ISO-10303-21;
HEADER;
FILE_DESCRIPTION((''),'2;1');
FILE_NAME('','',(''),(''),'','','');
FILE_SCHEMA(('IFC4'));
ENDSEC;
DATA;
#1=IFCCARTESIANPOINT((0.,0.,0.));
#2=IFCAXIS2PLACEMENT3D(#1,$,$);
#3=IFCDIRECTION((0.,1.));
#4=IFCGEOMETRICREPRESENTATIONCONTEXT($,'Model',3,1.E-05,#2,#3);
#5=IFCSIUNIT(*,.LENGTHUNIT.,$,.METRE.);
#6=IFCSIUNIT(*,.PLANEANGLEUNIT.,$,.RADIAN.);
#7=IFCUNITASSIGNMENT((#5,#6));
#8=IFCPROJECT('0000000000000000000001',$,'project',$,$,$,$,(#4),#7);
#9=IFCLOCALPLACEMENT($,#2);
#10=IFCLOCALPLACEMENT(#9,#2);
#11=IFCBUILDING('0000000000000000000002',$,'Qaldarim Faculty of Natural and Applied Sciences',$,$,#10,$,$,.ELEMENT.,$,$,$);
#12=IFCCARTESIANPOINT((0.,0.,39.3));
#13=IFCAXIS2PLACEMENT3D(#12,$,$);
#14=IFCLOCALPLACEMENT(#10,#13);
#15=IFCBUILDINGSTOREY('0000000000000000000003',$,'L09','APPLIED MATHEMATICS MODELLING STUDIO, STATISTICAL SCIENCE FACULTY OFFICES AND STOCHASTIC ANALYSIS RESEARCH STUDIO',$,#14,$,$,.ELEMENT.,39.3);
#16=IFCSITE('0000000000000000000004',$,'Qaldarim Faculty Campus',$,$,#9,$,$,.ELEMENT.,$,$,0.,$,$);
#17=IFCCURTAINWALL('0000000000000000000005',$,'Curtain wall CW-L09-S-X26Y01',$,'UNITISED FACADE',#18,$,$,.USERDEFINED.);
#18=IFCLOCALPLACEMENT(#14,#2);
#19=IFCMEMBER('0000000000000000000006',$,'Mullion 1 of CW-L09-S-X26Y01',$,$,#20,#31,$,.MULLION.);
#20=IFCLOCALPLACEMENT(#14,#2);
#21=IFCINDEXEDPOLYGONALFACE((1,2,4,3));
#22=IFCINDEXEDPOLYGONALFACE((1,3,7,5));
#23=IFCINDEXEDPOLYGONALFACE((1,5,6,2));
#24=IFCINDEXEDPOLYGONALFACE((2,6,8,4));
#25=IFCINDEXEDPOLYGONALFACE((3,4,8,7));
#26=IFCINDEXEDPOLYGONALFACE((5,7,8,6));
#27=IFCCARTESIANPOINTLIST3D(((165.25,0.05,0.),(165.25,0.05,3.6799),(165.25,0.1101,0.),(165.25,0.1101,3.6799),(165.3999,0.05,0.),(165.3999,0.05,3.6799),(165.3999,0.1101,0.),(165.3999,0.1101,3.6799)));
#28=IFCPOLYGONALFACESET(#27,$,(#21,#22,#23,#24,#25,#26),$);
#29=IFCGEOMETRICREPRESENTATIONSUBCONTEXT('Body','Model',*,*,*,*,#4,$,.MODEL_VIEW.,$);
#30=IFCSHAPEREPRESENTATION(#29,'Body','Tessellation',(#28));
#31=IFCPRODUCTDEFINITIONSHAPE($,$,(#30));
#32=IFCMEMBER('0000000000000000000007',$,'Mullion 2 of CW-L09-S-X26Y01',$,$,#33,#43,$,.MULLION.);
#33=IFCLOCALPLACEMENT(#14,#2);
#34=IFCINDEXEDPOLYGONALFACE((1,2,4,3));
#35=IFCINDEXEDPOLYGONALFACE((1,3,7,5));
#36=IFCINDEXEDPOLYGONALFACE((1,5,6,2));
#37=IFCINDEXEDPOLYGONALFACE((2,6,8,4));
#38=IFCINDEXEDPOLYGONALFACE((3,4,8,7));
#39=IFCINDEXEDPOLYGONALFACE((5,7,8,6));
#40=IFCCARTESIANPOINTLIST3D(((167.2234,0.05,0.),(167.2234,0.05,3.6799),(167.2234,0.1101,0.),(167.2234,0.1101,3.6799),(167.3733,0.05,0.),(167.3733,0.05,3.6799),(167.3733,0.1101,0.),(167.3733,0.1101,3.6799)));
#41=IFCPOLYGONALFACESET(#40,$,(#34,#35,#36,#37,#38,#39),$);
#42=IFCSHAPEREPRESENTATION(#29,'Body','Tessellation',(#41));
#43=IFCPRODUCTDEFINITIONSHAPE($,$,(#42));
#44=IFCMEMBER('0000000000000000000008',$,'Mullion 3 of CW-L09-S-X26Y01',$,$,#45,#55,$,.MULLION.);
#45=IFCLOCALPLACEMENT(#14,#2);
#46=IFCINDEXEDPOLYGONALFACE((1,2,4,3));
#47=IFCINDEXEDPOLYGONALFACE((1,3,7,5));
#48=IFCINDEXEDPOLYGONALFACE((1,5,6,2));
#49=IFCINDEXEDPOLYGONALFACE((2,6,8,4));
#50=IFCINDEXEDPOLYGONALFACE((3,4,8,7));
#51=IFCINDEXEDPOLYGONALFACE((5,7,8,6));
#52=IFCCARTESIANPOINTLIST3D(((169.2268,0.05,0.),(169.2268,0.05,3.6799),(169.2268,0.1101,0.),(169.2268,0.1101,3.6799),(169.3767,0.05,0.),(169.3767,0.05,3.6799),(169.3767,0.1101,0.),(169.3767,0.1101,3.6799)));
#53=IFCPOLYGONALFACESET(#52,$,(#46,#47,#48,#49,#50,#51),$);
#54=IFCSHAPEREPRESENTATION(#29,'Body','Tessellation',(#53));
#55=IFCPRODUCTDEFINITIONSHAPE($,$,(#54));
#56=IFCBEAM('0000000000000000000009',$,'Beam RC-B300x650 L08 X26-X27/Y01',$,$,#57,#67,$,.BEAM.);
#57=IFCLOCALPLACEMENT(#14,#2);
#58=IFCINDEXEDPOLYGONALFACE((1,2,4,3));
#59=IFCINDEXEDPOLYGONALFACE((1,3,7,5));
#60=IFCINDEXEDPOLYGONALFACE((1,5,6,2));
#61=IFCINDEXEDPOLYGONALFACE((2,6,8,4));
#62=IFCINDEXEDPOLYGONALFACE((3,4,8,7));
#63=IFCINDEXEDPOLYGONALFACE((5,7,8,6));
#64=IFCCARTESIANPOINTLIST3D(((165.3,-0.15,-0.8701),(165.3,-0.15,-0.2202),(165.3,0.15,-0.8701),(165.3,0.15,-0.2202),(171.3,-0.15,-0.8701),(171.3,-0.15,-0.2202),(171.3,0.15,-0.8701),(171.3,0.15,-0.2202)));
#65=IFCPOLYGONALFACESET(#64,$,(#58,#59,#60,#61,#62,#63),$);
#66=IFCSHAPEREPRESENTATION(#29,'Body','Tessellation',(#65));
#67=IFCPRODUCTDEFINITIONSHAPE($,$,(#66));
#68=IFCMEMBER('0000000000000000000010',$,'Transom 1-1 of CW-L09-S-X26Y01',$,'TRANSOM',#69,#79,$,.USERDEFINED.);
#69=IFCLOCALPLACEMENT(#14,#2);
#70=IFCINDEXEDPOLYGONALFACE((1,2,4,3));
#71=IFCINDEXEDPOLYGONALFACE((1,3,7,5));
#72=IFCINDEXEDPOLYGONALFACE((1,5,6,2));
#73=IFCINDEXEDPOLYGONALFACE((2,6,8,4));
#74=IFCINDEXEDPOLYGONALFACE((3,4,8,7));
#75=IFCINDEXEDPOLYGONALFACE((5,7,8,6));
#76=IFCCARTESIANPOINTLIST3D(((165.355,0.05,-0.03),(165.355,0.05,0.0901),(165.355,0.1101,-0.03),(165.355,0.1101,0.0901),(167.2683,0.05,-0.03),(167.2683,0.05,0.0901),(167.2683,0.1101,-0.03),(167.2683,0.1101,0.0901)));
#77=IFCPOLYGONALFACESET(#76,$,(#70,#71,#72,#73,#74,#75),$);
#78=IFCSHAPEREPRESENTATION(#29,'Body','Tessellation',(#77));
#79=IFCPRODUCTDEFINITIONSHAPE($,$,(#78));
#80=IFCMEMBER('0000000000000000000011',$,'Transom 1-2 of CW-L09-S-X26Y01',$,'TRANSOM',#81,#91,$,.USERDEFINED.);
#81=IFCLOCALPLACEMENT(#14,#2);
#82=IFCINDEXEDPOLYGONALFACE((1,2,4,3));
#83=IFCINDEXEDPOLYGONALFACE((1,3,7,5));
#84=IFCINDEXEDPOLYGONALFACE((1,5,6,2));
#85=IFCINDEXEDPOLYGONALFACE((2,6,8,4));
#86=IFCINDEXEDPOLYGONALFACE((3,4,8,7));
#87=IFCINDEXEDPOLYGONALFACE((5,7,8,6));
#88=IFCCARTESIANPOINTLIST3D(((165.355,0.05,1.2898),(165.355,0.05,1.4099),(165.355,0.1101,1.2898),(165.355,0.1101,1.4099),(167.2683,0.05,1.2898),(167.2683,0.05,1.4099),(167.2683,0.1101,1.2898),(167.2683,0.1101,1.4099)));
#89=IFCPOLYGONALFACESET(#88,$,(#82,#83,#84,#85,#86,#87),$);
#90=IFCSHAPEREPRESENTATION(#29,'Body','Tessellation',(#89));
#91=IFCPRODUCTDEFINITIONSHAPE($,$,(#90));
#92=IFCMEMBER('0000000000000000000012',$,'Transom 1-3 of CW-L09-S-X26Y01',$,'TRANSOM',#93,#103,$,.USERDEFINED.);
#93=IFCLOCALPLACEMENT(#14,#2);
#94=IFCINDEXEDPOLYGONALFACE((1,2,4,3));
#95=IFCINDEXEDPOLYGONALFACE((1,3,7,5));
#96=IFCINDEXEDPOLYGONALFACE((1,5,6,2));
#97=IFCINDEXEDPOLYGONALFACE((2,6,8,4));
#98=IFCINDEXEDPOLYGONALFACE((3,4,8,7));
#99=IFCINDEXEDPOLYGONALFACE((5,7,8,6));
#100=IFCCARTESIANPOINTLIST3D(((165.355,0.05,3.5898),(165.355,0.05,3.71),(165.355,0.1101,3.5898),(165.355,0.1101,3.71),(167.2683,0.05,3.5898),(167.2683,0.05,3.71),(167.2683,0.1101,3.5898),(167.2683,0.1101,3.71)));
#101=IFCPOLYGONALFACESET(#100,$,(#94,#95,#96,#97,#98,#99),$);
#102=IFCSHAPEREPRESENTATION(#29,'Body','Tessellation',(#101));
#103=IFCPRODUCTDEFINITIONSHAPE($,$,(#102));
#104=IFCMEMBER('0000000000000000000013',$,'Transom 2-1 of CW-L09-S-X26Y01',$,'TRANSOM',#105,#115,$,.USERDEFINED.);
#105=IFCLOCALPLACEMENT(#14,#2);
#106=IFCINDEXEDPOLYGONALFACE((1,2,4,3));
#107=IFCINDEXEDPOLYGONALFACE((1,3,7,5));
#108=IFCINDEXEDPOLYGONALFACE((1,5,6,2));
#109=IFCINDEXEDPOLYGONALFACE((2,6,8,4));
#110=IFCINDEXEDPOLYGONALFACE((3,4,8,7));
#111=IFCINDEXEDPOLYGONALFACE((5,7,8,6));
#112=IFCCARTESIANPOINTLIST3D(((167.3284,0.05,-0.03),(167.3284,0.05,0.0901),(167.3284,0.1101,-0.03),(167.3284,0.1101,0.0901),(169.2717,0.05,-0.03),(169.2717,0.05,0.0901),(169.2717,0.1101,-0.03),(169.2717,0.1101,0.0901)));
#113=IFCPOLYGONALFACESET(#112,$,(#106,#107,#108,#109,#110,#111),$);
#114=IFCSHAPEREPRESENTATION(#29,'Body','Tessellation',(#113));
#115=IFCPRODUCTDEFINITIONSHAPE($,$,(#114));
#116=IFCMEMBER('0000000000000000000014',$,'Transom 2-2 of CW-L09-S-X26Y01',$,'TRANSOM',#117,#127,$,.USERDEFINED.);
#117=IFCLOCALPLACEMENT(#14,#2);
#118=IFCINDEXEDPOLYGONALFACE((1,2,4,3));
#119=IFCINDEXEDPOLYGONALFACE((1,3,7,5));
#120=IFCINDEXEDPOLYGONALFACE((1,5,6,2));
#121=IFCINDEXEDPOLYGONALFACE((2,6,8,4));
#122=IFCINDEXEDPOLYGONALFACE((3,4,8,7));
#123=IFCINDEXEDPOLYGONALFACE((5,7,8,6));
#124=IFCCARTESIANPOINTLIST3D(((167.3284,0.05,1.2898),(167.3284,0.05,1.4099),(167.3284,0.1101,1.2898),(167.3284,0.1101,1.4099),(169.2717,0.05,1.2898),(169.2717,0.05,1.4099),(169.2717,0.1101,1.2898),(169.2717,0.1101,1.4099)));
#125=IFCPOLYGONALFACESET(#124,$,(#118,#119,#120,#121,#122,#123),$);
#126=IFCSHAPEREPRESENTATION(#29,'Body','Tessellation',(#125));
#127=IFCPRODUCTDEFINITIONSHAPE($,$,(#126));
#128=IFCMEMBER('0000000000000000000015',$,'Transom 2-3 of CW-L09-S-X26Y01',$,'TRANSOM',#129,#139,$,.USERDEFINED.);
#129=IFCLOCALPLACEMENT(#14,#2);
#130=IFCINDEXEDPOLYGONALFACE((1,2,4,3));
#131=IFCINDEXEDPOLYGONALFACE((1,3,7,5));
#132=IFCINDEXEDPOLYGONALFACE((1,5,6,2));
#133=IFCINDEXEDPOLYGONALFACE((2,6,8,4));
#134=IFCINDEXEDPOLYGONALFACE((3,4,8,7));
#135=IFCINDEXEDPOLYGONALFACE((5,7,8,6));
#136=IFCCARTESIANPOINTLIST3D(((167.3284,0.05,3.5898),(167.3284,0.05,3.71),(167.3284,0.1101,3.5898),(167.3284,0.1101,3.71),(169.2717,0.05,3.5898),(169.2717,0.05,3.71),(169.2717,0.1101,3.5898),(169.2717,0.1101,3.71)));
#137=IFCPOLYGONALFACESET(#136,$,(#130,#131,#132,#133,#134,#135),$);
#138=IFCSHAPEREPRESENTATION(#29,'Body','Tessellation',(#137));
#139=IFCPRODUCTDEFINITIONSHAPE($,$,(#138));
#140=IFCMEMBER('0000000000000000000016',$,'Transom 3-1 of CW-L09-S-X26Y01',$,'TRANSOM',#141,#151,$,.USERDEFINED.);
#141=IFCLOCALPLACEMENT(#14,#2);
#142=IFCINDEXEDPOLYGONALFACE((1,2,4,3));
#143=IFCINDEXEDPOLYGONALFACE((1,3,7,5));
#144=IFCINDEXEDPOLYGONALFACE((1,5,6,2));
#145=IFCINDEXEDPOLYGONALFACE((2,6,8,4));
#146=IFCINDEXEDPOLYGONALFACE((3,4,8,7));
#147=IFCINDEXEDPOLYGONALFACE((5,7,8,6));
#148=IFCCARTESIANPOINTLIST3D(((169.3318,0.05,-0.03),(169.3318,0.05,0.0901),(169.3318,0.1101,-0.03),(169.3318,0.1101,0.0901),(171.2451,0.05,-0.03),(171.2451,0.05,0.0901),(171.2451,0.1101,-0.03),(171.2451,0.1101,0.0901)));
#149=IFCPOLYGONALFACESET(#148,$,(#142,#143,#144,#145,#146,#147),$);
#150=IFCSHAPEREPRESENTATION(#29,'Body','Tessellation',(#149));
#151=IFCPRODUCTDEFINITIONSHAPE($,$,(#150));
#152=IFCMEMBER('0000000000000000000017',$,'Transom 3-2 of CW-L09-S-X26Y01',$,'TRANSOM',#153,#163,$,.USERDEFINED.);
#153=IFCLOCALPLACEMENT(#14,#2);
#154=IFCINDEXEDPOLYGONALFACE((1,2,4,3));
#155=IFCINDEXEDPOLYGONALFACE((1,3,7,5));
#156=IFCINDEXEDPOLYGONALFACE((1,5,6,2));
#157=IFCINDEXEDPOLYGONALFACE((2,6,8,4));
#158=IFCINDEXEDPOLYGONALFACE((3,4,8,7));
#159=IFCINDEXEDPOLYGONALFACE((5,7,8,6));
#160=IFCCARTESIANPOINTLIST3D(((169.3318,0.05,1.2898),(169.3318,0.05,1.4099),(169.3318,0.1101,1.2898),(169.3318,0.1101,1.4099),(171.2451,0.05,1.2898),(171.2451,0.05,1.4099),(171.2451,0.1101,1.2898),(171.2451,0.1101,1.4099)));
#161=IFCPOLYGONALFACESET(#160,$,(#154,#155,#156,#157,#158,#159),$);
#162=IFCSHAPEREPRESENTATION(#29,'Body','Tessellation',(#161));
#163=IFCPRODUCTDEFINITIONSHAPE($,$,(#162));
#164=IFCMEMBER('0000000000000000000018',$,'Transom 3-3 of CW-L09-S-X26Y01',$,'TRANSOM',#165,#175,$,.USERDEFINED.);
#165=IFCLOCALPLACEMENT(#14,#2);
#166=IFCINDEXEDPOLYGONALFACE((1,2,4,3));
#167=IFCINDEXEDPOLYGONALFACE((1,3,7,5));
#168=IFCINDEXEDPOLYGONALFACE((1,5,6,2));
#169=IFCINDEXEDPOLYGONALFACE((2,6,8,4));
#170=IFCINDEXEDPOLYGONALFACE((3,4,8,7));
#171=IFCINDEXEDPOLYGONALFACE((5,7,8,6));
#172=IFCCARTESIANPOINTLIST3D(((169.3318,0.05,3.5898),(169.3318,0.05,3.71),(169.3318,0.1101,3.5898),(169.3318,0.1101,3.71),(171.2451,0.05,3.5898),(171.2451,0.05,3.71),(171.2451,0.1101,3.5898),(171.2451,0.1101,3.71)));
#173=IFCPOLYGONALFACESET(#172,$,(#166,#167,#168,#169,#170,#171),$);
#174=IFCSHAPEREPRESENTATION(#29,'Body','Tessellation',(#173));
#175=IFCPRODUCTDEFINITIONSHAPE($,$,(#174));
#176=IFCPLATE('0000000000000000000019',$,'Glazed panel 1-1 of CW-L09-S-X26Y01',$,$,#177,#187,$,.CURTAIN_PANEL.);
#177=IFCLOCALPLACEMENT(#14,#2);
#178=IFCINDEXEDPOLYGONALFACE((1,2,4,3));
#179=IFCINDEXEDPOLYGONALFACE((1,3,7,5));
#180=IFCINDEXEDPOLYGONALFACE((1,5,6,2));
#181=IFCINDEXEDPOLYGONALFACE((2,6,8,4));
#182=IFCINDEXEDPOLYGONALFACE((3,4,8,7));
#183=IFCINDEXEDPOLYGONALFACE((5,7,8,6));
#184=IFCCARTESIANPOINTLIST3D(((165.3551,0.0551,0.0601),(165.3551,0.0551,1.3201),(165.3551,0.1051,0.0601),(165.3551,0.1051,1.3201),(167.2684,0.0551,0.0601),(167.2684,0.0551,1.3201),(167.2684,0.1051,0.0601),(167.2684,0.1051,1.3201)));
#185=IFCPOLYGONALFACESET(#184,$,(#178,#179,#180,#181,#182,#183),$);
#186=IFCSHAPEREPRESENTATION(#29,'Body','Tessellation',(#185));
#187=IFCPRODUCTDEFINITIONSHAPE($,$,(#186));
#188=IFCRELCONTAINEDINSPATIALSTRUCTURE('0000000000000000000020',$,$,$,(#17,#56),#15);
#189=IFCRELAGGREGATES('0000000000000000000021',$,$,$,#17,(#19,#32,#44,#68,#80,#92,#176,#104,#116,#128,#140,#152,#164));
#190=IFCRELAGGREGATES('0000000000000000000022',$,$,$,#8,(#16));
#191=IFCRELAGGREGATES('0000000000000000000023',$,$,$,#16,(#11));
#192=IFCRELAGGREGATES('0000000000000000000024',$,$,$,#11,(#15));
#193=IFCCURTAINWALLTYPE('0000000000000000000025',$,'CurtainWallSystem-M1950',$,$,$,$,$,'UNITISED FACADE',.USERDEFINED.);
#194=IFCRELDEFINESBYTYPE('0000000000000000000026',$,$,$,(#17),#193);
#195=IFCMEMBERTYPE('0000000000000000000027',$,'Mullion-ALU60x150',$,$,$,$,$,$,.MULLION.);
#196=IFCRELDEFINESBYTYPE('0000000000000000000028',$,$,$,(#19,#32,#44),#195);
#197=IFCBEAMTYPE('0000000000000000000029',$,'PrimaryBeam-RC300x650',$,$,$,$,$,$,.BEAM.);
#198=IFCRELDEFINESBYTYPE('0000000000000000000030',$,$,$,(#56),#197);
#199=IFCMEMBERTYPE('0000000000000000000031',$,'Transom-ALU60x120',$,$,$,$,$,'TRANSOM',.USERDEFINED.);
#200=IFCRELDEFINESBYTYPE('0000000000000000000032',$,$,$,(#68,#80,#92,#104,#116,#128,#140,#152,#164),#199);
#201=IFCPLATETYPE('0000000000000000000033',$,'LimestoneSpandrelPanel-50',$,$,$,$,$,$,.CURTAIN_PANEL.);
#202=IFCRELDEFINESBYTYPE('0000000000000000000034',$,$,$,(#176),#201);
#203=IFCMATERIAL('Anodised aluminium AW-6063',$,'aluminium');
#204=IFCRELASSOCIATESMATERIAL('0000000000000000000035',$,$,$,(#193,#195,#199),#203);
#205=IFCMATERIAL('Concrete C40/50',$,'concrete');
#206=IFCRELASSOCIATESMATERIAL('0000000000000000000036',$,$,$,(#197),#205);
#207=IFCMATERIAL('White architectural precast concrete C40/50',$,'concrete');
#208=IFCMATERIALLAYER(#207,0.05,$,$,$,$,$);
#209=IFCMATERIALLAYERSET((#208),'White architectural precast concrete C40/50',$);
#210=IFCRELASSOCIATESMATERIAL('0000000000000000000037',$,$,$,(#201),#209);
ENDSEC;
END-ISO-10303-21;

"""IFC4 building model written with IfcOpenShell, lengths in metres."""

from ifc_helpers import new_model, si_unit, direction, frame, origin, origin_2d, place, context, subcontext, project, spatial, rectangle, extrude, material, layer, layer_set, material_profile, profile_set, type_object, element, aggregate, save


model = new_model("IFC4")

# Units and contexts
model_context = context("Model", 3, precision=1e-05, world=origin(), true_north=direction((0.0, 1.0)))
body_context = subcontext(model_context, "Body", "Model", "MODEL_VIEW")
ifc_project = project(units=[si_unit("LENGTHUNIT", "METRE"), si_unit("PLANEANGLEUNIT", "RADIAN")], contexts=[model_context])

# Site, building, storey
site_placement = place(None, origin())
site = spatial("IfcSite", under=ifc_project, at=site_placement, Name="Qaldarim Faculty Campus", CompositionType="ELEMENT", RefElevation=0.0)
building_placement = place(site_placement, origin())
building = spatial("IfcBuilding", under=site, at=building_placement, Name="Qaldarim Faculty of Natural and Applied Sciences", CompositionType="ELEMENT")
storey_placement = place(building_placement, frame((0.0, 0.0, 39.3)))
storey = spatial("IfcBuildingStorey", under=building, at=storey_placement, Name="L09", Description="APPLIED MATHEMATICS MODELLING STUDIO, STATISTICAL SCIENCE FACULTY OFFICES AND STOCHASTIC ANALYSIS RESEARCH STUDIO", CompositionType="ELEMENT", Elevation=39.3)

# Curtain wall, members
ifc_material_1 = material(Name="Anodised aluminium AW-6063", Category="aluminium")
curtain_wall_type = type_object("IfcCurtainWallType", Name="CurtainWallSystem-M1950", ElementType="UNITISED FACADE", PredefinedType="USERDEFINED", material=ifc_material_1)
curtain_wall_placement = place(storey_placement, origin())
curtain_wall = element("IfcCurtainWall", 1, at=curtain_wall_placement, inside=storey, type_object=curtain_wall_type, Name="Curtain wall CW-L09-S-X26Y01", ObjectType="UNITISED FACADE", PredefinedType="USERDEFINED")
ifc_material_profile_1 = material_profile(ifc_material_1, rectangle(XDim=0.0601, YDim=0.1499, at=origin_2d()), Name="ALU-M60x150")
ifc_profile_set_1 = profile_set([ifc_material_profile_1], Name="Anodised aluminium AW-6063")
member_type_1 = type_object("IfcMemberType", Name="Mullion-ALU60x150", PredefinedType="MULLION", material=ifc_profile_set_1)
member_1_placement = place(storey_placement, frame((165.325, 0.0801, 0.0), z_axis=(0.0, 0.0, 1.0), x_axis=(0.0, 1.0, 0.0)))
member_1 = element("IfcMember", 2, at=member_1_placement, type_object=member_type_1, Name="Mullion 1 of CW-L09-S-X26Y01", PredefinedType="MULLION", context=body_context, shape_type="SweptSolid", body=[
    extrude(rectangle(XDim=0.0601, YDim=0.1499, at=origin_2d()), origin(), (0.0, 0.0, 1.0), 3.6799),
])
member_2_placement = place(storey_placement, frame((167.2983, 0.0801, 0.0), z_axis=(0.0, 0.0, 1.0), x_axis=(0.0, 1.0, 0.0)))
member_2 = element("IfcMember", 3, at=member_2_placement, type_object=member_type_1, Name="Mullion 2 of CW-L09-S-X26Y01", PredefinedType="MULLION", context=body_context, shape_type="SweptSolid", body=[
    extrude(rectangle(XDim=0.0601, YDim=0.1499, at=origin_2d()), origin(), (0.0, 0.0, 1.0), 3.6799),
])
member_3_placement = place(storey_placement, frame((169.3018, 0.0801, 0.0), z_axis=(0.0, 0.0, 1.0), x_axis=(0.0, 1.0, 0.0)))
member_3 = element("IfcMember", 4, at=member_3_placement, type_object=member_type_1, Name="Mullion 3 of CW-L09-S-X26Y01", PredefinedType="MULLION", context=body_context, shape_type="SweptSolid", body=[
    extrude(rectangle(XDim=0.0601, YDim=0.1499, at=origin_2d()), origin(), (0.0, 0.0, 1.0), 3.6799),
])

# Beam
ifc_material_2 = material(Name="Concrete C40/50", Category="concrete")
ifc_material_profile_2 = material_profile(ifc_material_2, rectangle(XDim=0.3, YDim=0.6499, at=origin_2d()), Name="RC-B300x650")
ifc_profile_set_2 = profile_set([ifc_material_profile_2], Name="Concrete C40/50")
beam_type = type_object("IfcBeamType", Name="PrimaryBeam-RC300x650", PredefinedType="BEAM", material=ifc_profile_set_2)
beam_placement = place(storey_placement, frame((165.3, 0.0, -0.5452), z_axis=(1.0, 0.0, 0.0), x_axis=(0.0, 1.0, 0.0)))
element("IfcBeam", 5, at=beam_placement, inside=storey, type_object=beam_type, Name="Beam RC-B300x650 L08 X26-X27/Y01", PredefinedType="BEAM", context=body_context, shape_type="SweptSolid", body=[
    extrude(rectangle(XDim=0.3, YDim=0.6499, at=origin_2d()), origin(), (0.0, 0.0, 1.0), 6.0),
])

# Members
ifc_material_profile_3 = material_profile(ifc_material_1, rectangle(XDim=0.0601, YDim=0.1201, at=origin_2d()), Name="ALU-T60x120")
ifc_profile_set_3 = profile_set([ifc_material_profile_3], Name="Anodised aluminium AW-6063")
member_type_2 = type_object("IfcMemberType", Name="Transom-ALU60x120", ElementType="TRANSOM", PredefinedType="USERDEFINED", material=ifc_profile_set_3)
member_4_placement = place(storey_placement, frame((165.355, 0.0801, 0.03), z_axis=(1.0, 0.0, 0.0), x_axis=(0.0, 1.0, 0.0)))
member_4 = element("IfcMember", 6, at=member_4_placement, type_object=member_type_2, Name="Transom 1-1 of CW-L09-S-X26Y01", ObjectType="TRANSOM", PredefinedType="USERDEFINED", context=body_context, shape_type="SweptSolid", body=[
    extrude(rectangle(XDim=0.0601, YDim=0.1201, at=origin_2d()), origin(), (0.0, 0.0, 1.0), 1.9133),
])
member_5_placement = place(storey_placement, frame((165.355, 0.0801, 1.3499), z_axis=(1.0, 0.0, 0.0), x_axis=(0.0, 1.0, 0.0)))
member_5 = element("IfcMember", 7, at=member_5_placement, type_object=member_type_2, Name="Transom 1-2 of CW-L09-S-X26Y01", ObjectType="TRANSOM", PredefinedType="USERDEFINED", context=body_context, shape_type="SweptSolid", body=[
    extrude(rectangle(XDim=0.0601, YDim=0.1201, at=origin_2d()), origin(), (0.0, 0.0, 1.0), 1.9133),
])
member_6_placement = place(storey_placement, frame((165.355, 0.0801, 3.6499), z_axis=(1.0, 0.0, 0.0), x_axis=(0.0, 1.0, 0.0)))
member_6 = element("IfcMember", 8, at=member_6_placement, type_object=member_type_2, Name="Transom 1-3 of CW-L09-S-X26Y01", ObjectType="TRANSOM", PredefinedType="USERDEFINED", context=body_context, shape_type="SweptSolid", body=[
    extrude(rectangle(XDim=0.0601, YDim=0.1201, at=origin_2d()), origin(), (0.0, 0.0, 1.0), 1.9133),
])
member_7_placement = place(storey_placement, frame((167.3284, 0.0801, 0.03), z_axis=(1.0, 0.0, 0.0), x_axis=(0.0, 1.0, 0.0)))
member_7 = element("IfcMember", 9, at=member_7_placement, type_object=member_type_2, Name="Transom 2-1 of CW-L09-S-X26Y01", ObjectType="TRANSOM", PredefinedType="USERDEFINED", context=body_context, shape_type="SweptSolid", body=[
    extrude(rectangle(XDim=0.0601, YDim=0.1201, at=origin_2d()), origin(), (0.0, 0.0, 1.0), 1.9434),
])
member_8_placement = place(storey_placement, frame((167.3284, 0.0801, 1.3499), z_axis=(1.0, 0.0, 0.0), x_axis=(0.0, 1.0, 0.0)))
member_8 = element("IfcMember", 10, at=member_8_placement, type_object=member_type_2, Name="Transom 2-2 of CW-L09-S-X26Y01", ObjectType="TRANSOM", PredefinedType="USERDEFINED", context=body_context, shape_type="SweptSolid", body=[
    extrude(rectangle(XDim=0.0601, YDim=0.1201, at=origin_2d()), origin(), (0.0, 0.0, 1.0), 1.9434),
])
member_9_placement = place(storey_placement, frame((167.3284, 0.0801, 3.6499), z_axis=(1.0, 0.0, 0.0), x_axis=(0.0, 1.0, 0.0)))
member_9 = element("IfcMember", 11, at=member_9_placement, type_object=member_type_2, Name="Transom 2-3 of CW-L09-S-X26Y01", ObjectType="TRANSOM", PredefinedType="USERDEFINED", context=body_context, shape_type="SweptSolid", body=[
    extrude(rectangle(XDim=0.0601, YDim=0.1201, at=origin_2d()), origin(), (0.0, 0.0, 1.0), 1.9434),
])
member_10_placement = place(storey_placement, frame((169.3318, 0.0801, 0.03), z_axis=(1.0, 0.0, 0.0), x_axis=(0.0, 1.0, 0.0)))
member_10 = element("IfcMember", 12, at=member_10_placement, type_object=member_type_2, Name="Transom 3-1 of CW-L09-S-X26Y01", ObjectType="TRANSOM", PredefinedType="USERDEFINED", context=body_context, shape_type="SweptSolid", body=[
    extrude(rectangle(XDim=0.0601, YDim=0.1201, at=origin_2d()), origin(), (0.0, 0.0, 1.0), 1.9133),
])
member_11_placement = place(storey_placement, frame((169.3318, 0.0801, 1.3499), z_axis=(1.0, 0.0, 0.0), x_axis=(0.0, 1.0, 0.0)))
member_11 = element("IfcMember", 13, at=member_11_placement, type_object=member_type_2, Name="Transom 3-2 of CW-L09-S-X26Y01", ObjectType="TRANSOM", PredefinedType="USERDEFINED", context=body_context, shape_type="SweptSolid", body=[
    extrude(rectangle(XDim=0.0601, YDim=0.1201, at=origin_2d()), origin(), (0.0, 0.0, 1.0), 1.9133),
])
member_12_placement = place(storey_placement, frame((169.3318, 0.0801, 3.6499), z_axis=(1.0, 0.0, 0.0), x_axis=(0.0, 1.0, 0.0)))
member_12 = element("IfcMember", 14, at=member_12_placement, type_object=member_type_2, Name="Transom 3-3 of CW-L09-S-X26Y01", ObjectType="TRANSOM", PredefinedType="USERDEFINED", context=body_context, shape_type="SweptSolid", body=[
    extrude(rectangle(XDim=0.0601, YDim=0.1201, at=origin_2d()), origin(), (0.0, 0.0, 1.0), 1.9133),
])

# Plate
ifc_material_3 = material(Name="White architectural precast concrete C40/50", Category="concrete")
ifc_layer = layer(ifc_material_3, 0.05)
ifc_layer_set = layer_set([ifc_layer], Name="White architectural precast concrete C40/50")
plate_type = type_object("IfcPlateType", Name="LimestoneSpandrelPanel-50", PredefinedType="CURTAIN_PANEL", material=ifc_layer_set)
plate_1_placement = place(storey_placement, frame((166.3118, 0.0801, 0.0601), z_axis=(0.0, 0.0, 1.0), x_axis=(1.0, 0.0, 0.0)))
plate_1 = element("IfcPlate", 15, at=plate_1_placement, type_object=plate_type, Name="Glazed panel 1-1 of CW-L09-S-X26Y01", PredefinedType="CURTAIN_PANEL", context=body_context, shape_type="SweptSolid", body=[
    extrude(rectangle(XDim=1.9133, YDim=0.05, at=origin_2d()), origin(), (0.0, 0.0, 1.0), 1.26),
])
aggregate(curtain_wall, [member_1, member_2, member_3, member_4, member_5, member_6, plate_1, member_7, member_8, member_9, member_10, member_11, member_12])

save(model, "model.ifc")
